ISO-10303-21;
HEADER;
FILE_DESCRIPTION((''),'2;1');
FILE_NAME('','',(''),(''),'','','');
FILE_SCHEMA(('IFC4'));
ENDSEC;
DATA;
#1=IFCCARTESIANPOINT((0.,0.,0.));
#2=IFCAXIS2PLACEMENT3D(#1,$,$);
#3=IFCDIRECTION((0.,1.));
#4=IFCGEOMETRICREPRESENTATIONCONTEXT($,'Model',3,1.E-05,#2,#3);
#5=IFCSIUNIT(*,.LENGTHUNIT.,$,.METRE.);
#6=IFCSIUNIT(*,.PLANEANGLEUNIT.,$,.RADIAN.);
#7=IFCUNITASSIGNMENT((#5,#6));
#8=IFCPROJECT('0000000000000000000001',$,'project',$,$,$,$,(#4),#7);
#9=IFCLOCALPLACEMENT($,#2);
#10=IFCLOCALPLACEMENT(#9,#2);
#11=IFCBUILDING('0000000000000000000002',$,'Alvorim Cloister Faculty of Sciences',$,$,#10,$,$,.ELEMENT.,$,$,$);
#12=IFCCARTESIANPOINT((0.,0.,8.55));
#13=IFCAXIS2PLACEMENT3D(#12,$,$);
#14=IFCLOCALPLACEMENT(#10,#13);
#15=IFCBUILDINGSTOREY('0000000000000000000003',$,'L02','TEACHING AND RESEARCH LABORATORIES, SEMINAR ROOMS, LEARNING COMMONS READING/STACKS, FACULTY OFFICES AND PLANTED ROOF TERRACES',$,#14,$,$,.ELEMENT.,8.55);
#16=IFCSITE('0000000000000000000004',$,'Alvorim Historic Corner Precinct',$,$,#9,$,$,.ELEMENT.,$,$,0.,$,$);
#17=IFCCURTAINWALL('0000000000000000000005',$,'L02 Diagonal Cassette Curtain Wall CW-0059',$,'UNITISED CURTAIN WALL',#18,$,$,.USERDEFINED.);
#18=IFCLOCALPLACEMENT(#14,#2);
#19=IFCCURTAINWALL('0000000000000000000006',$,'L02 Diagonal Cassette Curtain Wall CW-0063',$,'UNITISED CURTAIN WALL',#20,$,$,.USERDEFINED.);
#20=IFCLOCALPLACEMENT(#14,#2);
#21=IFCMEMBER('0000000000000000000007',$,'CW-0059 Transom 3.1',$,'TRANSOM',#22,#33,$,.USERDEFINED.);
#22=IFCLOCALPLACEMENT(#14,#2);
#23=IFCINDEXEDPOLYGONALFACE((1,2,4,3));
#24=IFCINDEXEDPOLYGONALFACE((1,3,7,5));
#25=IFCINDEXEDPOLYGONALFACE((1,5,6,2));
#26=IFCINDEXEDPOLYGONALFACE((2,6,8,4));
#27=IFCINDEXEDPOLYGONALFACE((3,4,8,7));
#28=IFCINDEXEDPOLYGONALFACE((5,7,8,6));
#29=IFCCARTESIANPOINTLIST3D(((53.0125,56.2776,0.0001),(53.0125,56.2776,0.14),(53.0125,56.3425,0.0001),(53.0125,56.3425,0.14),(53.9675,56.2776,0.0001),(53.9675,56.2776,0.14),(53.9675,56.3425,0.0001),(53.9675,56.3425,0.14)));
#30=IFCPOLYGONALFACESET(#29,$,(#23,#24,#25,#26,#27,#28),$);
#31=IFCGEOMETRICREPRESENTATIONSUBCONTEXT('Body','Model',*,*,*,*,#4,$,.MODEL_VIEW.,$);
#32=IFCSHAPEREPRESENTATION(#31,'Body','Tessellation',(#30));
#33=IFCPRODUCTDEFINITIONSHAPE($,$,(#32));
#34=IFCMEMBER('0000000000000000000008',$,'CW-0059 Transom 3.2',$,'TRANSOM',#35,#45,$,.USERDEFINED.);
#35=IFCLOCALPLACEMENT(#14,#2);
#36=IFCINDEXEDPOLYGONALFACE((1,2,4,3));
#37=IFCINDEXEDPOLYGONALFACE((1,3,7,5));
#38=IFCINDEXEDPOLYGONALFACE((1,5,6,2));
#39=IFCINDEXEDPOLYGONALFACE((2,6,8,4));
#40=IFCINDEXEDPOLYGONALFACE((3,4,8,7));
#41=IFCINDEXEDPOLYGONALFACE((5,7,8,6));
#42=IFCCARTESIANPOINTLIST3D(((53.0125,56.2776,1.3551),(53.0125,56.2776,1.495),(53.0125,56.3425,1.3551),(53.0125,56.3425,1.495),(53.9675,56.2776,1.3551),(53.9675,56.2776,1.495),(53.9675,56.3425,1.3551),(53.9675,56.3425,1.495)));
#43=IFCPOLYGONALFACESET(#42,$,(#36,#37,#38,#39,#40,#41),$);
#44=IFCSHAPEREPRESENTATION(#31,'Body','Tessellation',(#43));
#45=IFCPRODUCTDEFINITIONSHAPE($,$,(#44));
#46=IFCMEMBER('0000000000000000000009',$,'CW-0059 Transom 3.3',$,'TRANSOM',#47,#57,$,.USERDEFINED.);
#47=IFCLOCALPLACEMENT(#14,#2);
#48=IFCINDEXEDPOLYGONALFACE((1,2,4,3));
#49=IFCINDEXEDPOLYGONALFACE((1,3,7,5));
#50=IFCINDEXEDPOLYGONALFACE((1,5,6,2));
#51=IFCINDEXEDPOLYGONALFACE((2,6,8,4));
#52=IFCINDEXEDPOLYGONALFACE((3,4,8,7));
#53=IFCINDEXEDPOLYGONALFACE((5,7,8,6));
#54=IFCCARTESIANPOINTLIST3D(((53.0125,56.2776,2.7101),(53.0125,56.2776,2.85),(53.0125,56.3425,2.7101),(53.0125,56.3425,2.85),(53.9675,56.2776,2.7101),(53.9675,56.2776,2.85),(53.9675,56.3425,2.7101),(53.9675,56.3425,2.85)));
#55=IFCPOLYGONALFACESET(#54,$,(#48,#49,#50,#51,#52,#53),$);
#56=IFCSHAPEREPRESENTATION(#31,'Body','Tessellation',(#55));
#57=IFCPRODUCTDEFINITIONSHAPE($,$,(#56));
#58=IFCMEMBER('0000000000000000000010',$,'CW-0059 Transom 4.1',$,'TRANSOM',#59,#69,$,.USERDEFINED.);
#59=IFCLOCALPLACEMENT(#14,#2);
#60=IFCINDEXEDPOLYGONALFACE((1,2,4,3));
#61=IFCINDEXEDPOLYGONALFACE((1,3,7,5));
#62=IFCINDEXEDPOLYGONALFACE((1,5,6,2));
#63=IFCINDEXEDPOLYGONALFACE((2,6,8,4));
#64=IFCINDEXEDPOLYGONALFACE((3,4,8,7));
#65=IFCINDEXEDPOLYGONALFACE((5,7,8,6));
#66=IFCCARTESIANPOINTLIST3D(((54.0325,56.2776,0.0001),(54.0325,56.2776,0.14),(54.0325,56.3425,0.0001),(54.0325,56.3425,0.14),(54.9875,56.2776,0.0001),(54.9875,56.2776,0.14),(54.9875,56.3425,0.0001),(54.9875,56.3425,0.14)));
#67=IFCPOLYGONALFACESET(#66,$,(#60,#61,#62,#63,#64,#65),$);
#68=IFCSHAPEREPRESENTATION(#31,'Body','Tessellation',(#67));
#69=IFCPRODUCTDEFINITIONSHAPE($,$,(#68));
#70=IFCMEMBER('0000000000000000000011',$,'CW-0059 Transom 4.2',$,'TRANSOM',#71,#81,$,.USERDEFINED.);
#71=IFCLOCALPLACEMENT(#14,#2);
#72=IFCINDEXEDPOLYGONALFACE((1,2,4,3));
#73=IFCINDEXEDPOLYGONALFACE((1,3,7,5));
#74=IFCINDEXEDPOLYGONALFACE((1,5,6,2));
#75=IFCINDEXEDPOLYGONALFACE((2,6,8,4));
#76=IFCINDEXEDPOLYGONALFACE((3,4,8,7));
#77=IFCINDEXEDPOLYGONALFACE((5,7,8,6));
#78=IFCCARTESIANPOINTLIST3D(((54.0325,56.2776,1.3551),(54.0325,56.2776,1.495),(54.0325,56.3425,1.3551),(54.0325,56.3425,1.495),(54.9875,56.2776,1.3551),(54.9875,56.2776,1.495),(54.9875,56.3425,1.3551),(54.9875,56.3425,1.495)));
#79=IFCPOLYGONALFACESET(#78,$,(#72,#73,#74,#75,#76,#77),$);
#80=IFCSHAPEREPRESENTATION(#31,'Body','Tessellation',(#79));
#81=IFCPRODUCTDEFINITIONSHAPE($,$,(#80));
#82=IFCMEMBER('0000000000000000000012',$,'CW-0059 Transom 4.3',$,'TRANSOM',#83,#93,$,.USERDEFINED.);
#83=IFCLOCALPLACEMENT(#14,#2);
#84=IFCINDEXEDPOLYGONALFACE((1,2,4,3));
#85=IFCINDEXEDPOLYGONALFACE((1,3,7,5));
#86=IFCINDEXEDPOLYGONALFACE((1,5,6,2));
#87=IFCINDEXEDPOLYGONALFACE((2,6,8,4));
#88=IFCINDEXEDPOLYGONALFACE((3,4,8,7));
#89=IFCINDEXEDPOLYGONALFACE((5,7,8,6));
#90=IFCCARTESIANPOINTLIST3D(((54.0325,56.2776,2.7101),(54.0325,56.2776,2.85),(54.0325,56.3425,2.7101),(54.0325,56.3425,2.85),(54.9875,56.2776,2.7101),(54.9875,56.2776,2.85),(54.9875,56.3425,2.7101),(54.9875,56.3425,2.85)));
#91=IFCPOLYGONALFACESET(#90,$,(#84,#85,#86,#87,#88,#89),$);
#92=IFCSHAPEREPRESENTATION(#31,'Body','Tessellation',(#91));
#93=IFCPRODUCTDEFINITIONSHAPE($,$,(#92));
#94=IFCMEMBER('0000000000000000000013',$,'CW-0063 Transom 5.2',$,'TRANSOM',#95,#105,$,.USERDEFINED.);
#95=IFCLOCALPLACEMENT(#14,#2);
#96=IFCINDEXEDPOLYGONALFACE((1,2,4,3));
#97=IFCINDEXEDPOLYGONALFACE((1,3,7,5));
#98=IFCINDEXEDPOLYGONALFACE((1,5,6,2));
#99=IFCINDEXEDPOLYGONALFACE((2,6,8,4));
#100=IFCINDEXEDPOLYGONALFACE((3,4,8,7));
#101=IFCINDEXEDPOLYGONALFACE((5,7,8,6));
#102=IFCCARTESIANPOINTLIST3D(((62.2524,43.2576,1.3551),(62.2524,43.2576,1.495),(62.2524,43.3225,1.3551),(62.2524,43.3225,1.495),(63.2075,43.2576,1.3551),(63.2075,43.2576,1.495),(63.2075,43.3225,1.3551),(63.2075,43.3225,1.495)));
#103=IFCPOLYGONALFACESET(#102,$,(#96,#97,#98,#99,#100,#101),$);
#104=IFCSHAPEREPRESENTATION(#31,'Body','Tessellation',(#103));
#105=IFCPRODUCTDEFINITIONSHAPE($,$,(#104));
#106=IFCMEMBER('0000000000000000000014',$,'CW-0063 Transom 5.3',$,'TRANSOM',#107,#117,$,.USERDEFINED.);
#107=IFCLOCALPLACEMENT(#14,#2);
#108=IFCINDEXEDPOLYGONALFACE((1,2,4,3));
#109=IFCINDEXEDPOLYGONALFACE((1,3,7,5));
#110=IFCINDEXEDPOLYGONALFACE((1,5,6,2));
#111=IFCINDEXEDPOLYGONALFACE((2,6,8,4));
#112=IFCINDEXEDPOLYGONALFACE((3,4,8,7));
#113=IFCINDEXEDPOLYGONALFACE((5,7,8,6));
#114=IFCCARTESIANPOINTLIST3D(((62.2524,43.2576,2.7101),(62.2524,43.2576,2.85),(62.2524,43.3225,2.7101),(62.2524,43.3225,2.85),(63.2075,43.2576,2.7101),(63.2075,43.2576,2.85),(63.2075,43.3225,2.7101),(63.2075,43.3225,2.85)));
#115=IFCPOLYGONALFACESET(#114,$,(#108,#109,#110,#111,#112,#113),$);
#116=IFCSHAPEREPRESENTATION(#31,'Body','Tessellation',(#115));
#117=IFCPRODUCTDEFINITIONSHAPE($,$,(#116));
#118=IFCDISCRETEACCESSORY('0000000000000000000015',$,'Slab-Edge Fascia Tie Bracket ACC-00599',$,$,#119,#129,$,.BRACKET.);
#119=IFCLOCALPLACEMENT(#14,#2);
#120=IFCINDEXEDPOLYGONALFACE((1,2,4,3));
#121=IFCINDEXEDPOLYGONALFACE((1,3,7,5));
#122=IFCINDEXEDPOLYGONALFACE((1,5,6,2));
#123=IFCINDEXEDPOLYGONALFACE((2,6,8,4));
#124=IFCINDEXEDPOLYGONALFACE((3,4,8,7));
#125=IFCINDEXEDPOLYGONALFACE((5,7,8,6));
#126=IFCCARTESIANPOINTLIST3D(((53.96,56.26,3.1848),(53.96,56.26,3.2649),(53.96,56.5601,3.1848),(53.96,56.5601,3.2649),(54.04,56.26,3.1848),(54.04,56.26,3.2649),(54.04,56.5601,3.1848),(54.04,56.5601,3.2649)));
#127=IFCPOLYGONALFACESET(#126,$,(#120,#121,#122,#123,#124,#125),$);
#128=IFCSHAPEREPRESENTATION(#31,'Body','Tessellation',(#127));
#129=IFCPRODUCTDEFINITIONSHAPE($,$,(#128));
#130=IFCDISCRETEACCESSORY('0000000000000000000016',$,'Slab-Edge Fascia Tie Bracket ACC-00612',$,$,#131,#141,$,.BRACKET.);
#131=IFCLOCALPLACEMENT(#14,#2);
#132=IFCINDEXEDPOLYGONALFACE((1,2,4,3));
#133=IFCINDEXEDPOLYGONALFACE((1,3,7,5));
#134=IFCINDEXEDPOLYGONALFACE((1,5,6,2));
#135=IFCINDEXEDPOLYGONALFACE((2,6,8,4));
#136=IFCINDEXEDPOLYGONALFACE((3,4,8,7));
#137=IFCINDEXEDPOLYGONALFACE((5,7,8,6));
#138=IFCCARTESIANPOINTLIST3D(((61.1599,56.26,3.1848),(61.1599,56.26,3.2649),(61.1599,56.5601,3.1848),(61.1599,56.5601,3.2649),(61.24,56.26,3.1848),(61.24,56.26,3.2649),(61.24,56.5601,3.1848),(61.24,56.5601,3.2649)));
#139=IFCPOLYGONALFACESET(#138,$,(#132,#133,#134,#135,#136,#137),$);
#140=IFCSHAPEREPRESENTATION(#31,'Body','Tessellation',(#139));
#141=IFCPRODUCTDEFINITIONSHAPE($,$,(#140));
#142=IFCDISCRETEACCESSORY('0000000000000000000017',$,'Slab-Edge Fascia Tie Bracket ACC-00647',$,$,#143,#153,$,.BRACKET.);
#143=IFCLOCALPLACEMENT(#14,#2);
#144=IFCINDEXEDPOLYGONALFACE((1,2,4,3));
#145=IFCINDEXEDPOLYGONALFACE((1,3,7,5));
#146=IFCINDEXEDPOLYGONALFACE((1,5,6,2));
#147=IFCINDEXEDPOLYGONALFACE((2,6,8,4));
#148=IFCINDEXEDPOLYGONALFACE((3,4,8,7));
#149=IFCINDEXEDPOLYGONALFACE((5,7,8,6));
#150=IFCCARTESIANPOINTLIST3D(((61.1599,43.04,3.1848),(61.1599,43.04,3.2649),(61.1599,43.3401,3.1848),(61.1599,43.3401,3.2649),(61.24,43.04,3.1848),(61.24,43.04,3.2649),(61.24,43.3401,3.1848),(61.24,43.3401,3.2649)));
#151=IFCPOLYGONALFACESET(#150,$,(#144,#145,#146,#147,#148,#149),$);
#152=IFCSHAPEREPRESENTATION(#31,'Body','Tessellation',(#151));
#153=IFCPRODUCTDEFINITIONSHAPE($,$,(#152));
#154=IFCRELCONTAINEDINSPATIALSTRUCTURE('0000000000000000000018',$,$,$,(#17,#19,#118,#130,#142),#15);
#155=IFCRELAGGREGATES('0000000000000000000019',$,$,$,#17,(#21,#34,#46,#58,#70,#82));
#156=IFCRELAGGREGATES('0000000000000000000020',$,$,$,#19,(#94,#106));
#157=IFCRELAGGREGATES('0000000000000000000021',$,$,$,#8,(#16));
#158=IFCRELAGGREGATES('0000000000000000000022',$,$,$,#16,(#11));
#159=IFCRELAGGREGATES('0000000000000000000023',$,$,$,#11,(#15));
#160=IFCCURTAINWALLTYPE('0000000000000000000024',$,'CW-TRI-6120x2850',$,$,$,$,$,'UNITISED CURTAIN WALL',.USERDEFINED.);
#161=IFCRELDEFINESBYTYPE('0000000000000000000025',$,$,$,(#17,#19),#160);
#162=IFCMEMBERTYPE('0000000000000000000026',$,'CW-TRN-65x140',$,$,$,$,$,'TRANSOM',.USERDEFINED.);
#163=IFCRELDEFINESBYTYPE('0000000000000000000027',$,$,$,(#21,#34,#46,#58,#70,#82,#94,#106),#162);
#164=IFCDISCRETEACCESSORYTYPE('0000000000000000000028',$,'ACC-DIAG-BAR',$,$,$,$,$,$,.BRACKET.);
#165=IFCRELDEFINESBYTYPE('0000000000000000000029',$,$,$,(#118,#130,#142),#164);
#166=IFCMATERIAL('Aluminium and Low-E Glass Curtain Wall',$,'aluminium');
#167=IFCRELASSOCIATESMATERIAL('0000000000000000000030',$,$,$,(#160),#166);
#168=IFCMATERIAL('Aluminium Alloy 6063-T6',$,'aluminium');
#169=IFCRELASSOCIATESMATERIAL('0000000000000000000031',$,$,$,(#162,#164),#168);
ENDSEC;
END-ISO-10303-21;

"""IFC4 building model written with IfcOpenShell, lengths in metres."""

from ifc_helpers import new_model, si_unit, direction, frame, origin, origin_2d, place, context, subcontext, project, spatial, rectangle, extrude, material, material_profile, profile_set, type_object, element, aggregate, save


model = new_model("IFC4")

# Units and contexts
model_context = context("Model", 3, precision=1e-05, world=origin(), true_north=direction((0.0, 1.0)))
body_context = subcontext(model_context, "Body", "Model", "MODEL_VIEW")
ifc_project = project(units=[si_unit("LENGTHUNIT", "METRE"), si_unit("PLANEANGLEUNIT", "RADIAN")], contexts=[model_context])

# Site, building, storey
site_placement = place(None, origin())
site = spatial("IfcSite", under=ifc_project, at=site_placement, Name="Alvorim Historic Corner Precinct", CompositionType="ELEMENT", RefElevation=0.0)
building_placement = place(site_placement, origin())
building = spatial("IfcBuilding", under=site, at=building_placement, Name="Alvorim Cloister Faculty of Sciences", CompositionType="ELEMENT")
storey_placement = place(building_placement, frame((0.0, 0.0, 8.55)))
storey = spatial("IfcBuildingStorey", under=building, at=storey_placement, Name="L02", Description="TEACHING AND RESEARCH LABORATORIES, SEMINAR ROOMS, LEARNING COMMONS READING/STACKS, FACULTY OFFICES AND PLANTED ROOF TERRACES", CompositionType="ELEMENT", Elevation=8.55)

# Curtain wall
ifc_material_1 = material(Name="Aluminium and Low-E Glass Curtain Wall", Category="aluminium")
curtain_wall_type = type_object("IfcCurtainWallType", Name="CW-TRI-6120x2850", ElementType="UNITISED CURTAIN WALL", PredefinedType="USERDEFINED", material=ifc_material_1)
curtain_wall_1_placement = place(storey_placement, origin())
curtain_wall_1 = element("IfcCurtainWall", 1, at=curtain_wall_1_placement, inside=storey, type_object=curtain_wall_type, Name="L02 Diagonal Cassette Curtain Wall CW-0059", ObjectType="UNITISED CURTAIN WALL", PredefinedType="USERDEFINED")
ifc_material_2 = material(Name="Aluminium Alloy 6063-T6", Category="aluminium")

# Curtain wall
curtain_wall_2_placement = place(storey_placement, origin())
curtain_wall_2 = element("IfcCurtainWall", 2, at=curtain_wall_2_placement, inside=storey, type_object=curtain_wall_type, Name="L02 Diagonal Cassette Curtain Wall CW-0063", ObjectType="UNITISED CURTAIN WALL", PredefinedType="USERDEFINED")

# Members
ifc_material_profile_1 = material_profile(ifc_material_2, rectangle(XDim=0.0649, YDim=0.1399, at=origin_2d()), Name="ALU-TRN-65x140")
ifc_profile_set_1 = profile_set([ifc_material_profile_1], Name="Aluminium Alloy 6063-T6")
member_type_1 = type_object("IfcMemberType", Name="CW-TRN-65x140", ElementType="TRANSOM", PredefinedType="USERDEFINED", material=ifc_profile_set_1)
member_1_placement = place(storey_placement, frame((53.0125, 56.3101, 0.0701), z_axis=(1.0, 0.0, 0.0), x_axis=(0.0, 1.0, 0.0)))
member_1 = element("IfcMember", 3, at=member_1_placement, type_object=member_type_1, Name="CW-0059 Transom 3.1", ObjectType="TRANSOM", PredefinedType="USERDEFINED", context=body_context, shape_type="SweptSolid", body=[
    extrude(rectangle(XDim=0.0649, YDim=0.1399, at=origin_2d()), origin(), (0.0, 0.0, 1.0), 0.9551),
])
member_2_placement = place(storey_placement, frame((53.0125, 56.3101, 1.425), z_axis=(1.0, 0.0, 0.0), x_axis=(0.0, 1.0, 0.0)))
member_2 = element("IfcMember", 4, at=member_2_placement, type_object=member_type_1, Name="CW-0059 Transom 3.2", ObjectType="TRANSOM", PredefinedType="USERDEFINED", context=body_context, shape_type="SweptSolid", body=[
    extrude(rectangle(XDim=0.0649, YDim=0.1399, at=origin_2d()), origin(), (0.0, 0.0, 1.0), 0.9551),
])
member_3_placement = place(storey_placement, frame((53.0125, 56.3101, 2.78), z_axis=(1.0, 0.0, 0.0), x_axis=(0.0, 1.0, 0.0)))
member_3 = element("IfcMember", 5, at=member_3_placement, type_object=member_type_1, Name="CW-0059 Transom 3.3", ObjectType="TRANSOM", PredefinedType="USERDEFINED", context=body_context, shape_type="SweptSolid", body=[
    extrude(rectangle(XDim=0.0649, YDim=0.1399, at=origin_2d()), origin(), (0.0, 0.0, 1.0), 0.9551),
])
member_4_placement = place(storey_placement, frame((54.0325, 56.3101, 0.0701), z_axis=(1.0, 0.0, 0.0), x_axis=(0.0, 1.0, 0.0)))
member_4 = element("IfcMember", 6, at=member_4_placement, type_object=member_type_1, Name="CW-0059 Transom 4.1", ObjectType="TRANSOM", PredefinedType="USERDEFINED", context=body_context, shape_type="SweptSolid", body=[
    extrude(rectangle(XDim=0.0649, YDim=0.1399, at=origin_2d()), origin(), (0.0, 0.0, 1.0), 0.9551),
])
member_5_placement = place(storey_placement, frame((54.0325, 56.3101, 1.425), z_axis=(1.0, 0.0, 0.0), x_axis=(0.0, 1.0, 0.0)))
member_5 = element("IfcMember", 7, at=member_5_placement, type_object=member_type_1, Name="CW-0059 Transom 4.2", ObjectType="TRANSOM", PredefinedType="USERDEFINED", context=body_context, shape_type="SweptSolid", body=[
    extrude(rectangle(XDim=0.0649, YDim=0.1399, at=origin_2d()), origin(), (0.0, 0.0, 1.0), 0.9551),
])
member_6_placement = place(storey_placement, frame((54.0325, 56.3101, 2.78), z_axis=(1.0, 0.0, 0.0), x_axis=(0.0, 1.0, 0.0)))
member_6 = element("IfcMember", 8, at=member_6_placement, type_object=member_type_1, Name="CW-0059 Transom 4.3", ObjectType="TRANSOM", PredefinedType="USERDEFINED", context=body_context, shape_type="SweptSolid", body=[
    extrude(rectangle(XDim=0.0649, YDim=0.1399, at=origin_2d()), origin(), (0.0, 0.0, 1.0), 0.9551),
])
aggregate(curtain_wall_1, [member_1, member_2, member_3, member_4, member_5, member_6])
member_7_placement = place(storey_placement, frame((62.2524, 43.29, 1.425), z_axis=(1.0, 0.0, 0.0), x_axis=(0.0, 1.0, 0.0)))
member_7 = element("IfcMember", 9, at=member_7_placement, type_object=member_type_1, Name="CW-0063 Transom 5.2", ObjectType="TRANSOM", PredefinedType="USERDEFINED", context=body_context, shape_type="SweptSolid", body=[
    extrude(rectangle(XDim=0.0649, YDim=0.1399, at=origin_2d()), origin(), (0.0, 0.0, 1.0), 0.9551),
])
member_8_placement = place(storey_placement, frame((62.2524, 43.29, 2.78), z_axis=(1.0, 0.0, 0.0), x_axis=(0.0, 1.0, 0.0)))
member_8 = element("IfcMember", 10, at=member_8_placement, type_object=member_type_1, Name="CW-0063 Transom 5.3", ObjectType="TRANSOM", PredefinedType="USERDEFINED", context=body_context, shape_type="SweptSolid", body=[
    extrude(rectangle(XDim=0.0649, YDim=0.1399, at=origin_2d()), origin(), (0.0, 0.0, 1.0), 0.9551),
])
aggregate(curtain_wall_2, [member_7, member_8])

# Discrete accessories
discrete_accessory_type = type_object("IfcDiscreteAccessoryType", Name="ACC-DIAG-BAR", PredefinedType="BRACKET", material=ifc_material_2)
for number, where, z_axis, x_axis, name in (
    (11, (54.0, 56.26, 3.2249), (0.0, 1.0, 0.0), (-1.0, 0.0, 0.0), "Slab-Edge Fascia Tie Bracket ACC-00599"),
    (12, (61.2, 56.26, 3.2249), (0.0, 1.0, 0.0), (-1.0, 0.0, 0.0), "Slab-Edge Fascia Tie Bracket ACC-00612"),
    (13, (61.2, 43.3401, 3.2249), (0.0, -1.0, 0.0), (1.0, 0.0, 0.0), "Slab-Edge Fascia Tie Bracket ACC-00647"),
):
    element("IfcDiscreteAccessory", number, at=place(storey_placement, frame(where, z_axis=z_axis, x_axis=x_axis)), inside=storey, type_object=discrete_accessory_type, Name=name, PredefinedType="BRACKET", context=body_context, shape_type="SweptSolid", body=[
        extrude(rectangle(XDim=0.0801, YDim=0.0801, at=origin_2d()), origin(), (0.0, 0.0, 1.0), 0.3),
    ])

save(model, "model.ifc")
